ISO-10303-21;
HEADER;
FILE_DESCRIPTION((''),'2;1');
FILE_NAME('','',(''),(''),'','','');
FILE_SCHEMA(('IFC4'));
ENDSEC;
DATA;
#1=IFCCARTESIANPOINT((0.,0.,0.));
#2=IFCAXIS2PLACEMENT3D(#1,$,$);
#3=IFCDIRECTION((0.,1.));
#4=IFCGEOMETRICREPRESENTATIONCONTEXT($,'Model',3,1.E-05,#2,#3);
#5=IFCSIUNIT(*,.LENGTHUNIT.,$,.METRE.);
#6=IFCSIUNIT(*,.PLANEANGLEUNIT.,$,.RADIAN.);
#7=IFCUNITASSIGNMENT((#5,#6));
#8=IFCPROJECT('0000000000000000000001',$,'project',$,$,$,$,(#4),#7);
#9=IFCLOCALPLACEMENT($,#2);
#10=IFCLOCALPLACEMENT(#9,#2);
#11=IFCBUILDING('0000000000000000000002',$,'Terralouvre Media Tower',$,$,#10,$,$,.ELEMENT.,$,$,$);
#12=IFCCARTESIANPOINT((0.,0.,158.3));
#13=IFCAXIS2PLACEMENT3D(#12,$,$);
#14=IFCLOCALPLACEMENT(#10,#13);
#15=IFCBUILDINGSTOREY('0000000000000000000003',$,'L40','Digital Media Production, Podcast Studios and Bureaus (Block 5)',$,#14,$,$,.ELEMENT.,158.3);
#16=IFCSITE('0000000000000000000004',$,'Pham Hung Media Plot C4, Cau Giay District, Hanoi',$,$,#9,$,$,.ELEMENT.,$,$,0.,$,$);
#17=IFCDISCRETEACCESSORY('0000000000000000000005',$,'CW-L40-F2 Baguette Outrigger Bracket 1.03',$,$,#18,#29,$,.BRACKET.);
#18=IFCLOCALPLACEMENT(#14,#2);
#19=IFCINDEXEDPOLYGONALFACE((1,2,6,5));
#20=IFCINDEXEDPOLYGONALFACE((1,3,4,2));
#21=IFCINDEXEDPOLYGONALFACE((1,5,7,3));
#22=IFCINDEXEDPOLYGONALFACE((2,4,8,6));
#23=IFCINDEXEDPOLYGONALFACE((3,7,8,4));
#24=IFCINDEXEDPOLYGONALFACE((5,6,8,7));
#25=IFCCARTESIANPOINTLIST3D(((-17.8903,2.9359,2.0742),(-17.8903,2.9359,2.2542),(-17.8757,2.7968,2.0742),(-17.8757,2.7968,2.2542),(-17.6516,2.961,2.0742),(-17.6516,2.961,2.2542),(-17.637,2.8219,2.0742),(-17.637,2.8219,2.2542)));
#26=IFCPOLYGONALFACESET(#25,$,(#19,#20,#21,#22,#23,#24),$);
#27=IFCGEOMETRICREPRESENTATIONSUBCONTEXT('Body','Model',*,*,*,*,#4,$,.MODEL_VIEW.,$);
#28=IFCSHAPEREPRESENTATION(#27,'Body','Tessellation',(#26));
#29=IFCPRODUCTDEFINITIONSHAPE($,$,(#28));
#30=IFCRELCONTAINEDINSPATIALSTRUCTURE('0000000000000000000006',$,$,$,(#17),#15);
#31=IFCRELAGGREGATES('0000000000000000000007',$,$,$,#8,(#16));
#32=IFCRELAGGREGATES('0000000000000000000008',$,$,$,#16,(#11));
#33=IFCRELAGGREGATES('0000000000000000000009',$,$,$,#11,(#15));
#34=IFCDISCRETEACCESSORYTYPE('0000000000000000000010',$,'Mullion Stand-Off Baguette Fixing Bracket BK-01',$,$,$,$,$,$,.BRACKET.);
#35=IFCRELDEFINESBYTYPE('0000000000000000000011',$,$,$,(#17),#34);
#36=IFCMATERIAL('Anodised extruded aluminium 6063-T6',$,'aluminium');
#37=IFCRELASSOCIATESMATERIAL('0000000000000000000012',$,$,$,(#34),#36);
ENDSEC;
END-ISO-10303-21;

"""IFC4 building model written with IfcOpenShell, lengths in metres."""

from ifc_helpers import new_model, si_unit, direction, frame, origin, origin_2d, place, context, subcontext, project, spatial, rectangle, extrude, material, type_object, element, save


model = new_model("IFC4")

# Units and contexts
model_context = context("Model", 3, precision=1e-05, world=origin(), true_north=direction((0.0, 1.0)))
body_context = subcontext(model_context, "Body", "Model", "MODEL_VIEW")
ifc_project = project(units=[si_unit("LENGTHUNIT", "METRE"), si_unit("PLANEANGLEUNIT", "RADIAN")], contexts=[model_context])

# Site, building, storey
site_placement = place(None, origin())
site = spatial("IfcSite", under=ifc_project, at=site_placement, Name="Pham Hung Media Plot C4, Cau Giay District, Hanoi", CompositionType="ELEMENT", RefElevation=0.0)
building_placement = place(site_placement, origin())
building = spatial("IfcBuilding", under=site, at=building_placement, Name="Terralouvre Media Tower", CompositionType="ELEMENT")
storey_placement = place(building_placement, frame((0.0, 0.0, 158.3)))
storey = spatial("IfcBuildingStorey", under=building, at=storey_placement, Name="L40", Description="Digital Media Production, Podcast Studios and Bureaus (Block 5)", CompositionType="ELEMENT", Elevation=158.3)

# Discrete accessory
ifc_material_1 = material(Name="Anodised extruded aluminium 6063-T6", Category="aluminium")
discrete_accessory_type = type_object("IfcDiscreteAccessoryType", Name="Mullion Stand-Off Baguette Fixing Bracket BK-01", PredefinedType="BRACKET", material=ifc_material_1)
discrete_accessory_placement = place(storey_placement, frame((-17.7637, 2.8789, 2.0742), z_axis=(0.0, 0.0, 1.0), x_axis=(0.104528, -0.994522, 0.0)))
element("IfcDiscreteAccessory", 1, at=discrete_accessory_placement, inside=storey, type_object=discrete_accessory_type, Name="CW-L40-F2 Baguette Outrigger Bracket 1.03", PredefinedType="BRACKET", context=body_context, shape_type="SweptSolid", body=[
    extrude(rectangle(XDim=0.1399, YDim=0.24, at=origin_2d()), origin(), (0.0, 0.0, 1.0), 0.1799),
])

save(model, "model.ifc")
